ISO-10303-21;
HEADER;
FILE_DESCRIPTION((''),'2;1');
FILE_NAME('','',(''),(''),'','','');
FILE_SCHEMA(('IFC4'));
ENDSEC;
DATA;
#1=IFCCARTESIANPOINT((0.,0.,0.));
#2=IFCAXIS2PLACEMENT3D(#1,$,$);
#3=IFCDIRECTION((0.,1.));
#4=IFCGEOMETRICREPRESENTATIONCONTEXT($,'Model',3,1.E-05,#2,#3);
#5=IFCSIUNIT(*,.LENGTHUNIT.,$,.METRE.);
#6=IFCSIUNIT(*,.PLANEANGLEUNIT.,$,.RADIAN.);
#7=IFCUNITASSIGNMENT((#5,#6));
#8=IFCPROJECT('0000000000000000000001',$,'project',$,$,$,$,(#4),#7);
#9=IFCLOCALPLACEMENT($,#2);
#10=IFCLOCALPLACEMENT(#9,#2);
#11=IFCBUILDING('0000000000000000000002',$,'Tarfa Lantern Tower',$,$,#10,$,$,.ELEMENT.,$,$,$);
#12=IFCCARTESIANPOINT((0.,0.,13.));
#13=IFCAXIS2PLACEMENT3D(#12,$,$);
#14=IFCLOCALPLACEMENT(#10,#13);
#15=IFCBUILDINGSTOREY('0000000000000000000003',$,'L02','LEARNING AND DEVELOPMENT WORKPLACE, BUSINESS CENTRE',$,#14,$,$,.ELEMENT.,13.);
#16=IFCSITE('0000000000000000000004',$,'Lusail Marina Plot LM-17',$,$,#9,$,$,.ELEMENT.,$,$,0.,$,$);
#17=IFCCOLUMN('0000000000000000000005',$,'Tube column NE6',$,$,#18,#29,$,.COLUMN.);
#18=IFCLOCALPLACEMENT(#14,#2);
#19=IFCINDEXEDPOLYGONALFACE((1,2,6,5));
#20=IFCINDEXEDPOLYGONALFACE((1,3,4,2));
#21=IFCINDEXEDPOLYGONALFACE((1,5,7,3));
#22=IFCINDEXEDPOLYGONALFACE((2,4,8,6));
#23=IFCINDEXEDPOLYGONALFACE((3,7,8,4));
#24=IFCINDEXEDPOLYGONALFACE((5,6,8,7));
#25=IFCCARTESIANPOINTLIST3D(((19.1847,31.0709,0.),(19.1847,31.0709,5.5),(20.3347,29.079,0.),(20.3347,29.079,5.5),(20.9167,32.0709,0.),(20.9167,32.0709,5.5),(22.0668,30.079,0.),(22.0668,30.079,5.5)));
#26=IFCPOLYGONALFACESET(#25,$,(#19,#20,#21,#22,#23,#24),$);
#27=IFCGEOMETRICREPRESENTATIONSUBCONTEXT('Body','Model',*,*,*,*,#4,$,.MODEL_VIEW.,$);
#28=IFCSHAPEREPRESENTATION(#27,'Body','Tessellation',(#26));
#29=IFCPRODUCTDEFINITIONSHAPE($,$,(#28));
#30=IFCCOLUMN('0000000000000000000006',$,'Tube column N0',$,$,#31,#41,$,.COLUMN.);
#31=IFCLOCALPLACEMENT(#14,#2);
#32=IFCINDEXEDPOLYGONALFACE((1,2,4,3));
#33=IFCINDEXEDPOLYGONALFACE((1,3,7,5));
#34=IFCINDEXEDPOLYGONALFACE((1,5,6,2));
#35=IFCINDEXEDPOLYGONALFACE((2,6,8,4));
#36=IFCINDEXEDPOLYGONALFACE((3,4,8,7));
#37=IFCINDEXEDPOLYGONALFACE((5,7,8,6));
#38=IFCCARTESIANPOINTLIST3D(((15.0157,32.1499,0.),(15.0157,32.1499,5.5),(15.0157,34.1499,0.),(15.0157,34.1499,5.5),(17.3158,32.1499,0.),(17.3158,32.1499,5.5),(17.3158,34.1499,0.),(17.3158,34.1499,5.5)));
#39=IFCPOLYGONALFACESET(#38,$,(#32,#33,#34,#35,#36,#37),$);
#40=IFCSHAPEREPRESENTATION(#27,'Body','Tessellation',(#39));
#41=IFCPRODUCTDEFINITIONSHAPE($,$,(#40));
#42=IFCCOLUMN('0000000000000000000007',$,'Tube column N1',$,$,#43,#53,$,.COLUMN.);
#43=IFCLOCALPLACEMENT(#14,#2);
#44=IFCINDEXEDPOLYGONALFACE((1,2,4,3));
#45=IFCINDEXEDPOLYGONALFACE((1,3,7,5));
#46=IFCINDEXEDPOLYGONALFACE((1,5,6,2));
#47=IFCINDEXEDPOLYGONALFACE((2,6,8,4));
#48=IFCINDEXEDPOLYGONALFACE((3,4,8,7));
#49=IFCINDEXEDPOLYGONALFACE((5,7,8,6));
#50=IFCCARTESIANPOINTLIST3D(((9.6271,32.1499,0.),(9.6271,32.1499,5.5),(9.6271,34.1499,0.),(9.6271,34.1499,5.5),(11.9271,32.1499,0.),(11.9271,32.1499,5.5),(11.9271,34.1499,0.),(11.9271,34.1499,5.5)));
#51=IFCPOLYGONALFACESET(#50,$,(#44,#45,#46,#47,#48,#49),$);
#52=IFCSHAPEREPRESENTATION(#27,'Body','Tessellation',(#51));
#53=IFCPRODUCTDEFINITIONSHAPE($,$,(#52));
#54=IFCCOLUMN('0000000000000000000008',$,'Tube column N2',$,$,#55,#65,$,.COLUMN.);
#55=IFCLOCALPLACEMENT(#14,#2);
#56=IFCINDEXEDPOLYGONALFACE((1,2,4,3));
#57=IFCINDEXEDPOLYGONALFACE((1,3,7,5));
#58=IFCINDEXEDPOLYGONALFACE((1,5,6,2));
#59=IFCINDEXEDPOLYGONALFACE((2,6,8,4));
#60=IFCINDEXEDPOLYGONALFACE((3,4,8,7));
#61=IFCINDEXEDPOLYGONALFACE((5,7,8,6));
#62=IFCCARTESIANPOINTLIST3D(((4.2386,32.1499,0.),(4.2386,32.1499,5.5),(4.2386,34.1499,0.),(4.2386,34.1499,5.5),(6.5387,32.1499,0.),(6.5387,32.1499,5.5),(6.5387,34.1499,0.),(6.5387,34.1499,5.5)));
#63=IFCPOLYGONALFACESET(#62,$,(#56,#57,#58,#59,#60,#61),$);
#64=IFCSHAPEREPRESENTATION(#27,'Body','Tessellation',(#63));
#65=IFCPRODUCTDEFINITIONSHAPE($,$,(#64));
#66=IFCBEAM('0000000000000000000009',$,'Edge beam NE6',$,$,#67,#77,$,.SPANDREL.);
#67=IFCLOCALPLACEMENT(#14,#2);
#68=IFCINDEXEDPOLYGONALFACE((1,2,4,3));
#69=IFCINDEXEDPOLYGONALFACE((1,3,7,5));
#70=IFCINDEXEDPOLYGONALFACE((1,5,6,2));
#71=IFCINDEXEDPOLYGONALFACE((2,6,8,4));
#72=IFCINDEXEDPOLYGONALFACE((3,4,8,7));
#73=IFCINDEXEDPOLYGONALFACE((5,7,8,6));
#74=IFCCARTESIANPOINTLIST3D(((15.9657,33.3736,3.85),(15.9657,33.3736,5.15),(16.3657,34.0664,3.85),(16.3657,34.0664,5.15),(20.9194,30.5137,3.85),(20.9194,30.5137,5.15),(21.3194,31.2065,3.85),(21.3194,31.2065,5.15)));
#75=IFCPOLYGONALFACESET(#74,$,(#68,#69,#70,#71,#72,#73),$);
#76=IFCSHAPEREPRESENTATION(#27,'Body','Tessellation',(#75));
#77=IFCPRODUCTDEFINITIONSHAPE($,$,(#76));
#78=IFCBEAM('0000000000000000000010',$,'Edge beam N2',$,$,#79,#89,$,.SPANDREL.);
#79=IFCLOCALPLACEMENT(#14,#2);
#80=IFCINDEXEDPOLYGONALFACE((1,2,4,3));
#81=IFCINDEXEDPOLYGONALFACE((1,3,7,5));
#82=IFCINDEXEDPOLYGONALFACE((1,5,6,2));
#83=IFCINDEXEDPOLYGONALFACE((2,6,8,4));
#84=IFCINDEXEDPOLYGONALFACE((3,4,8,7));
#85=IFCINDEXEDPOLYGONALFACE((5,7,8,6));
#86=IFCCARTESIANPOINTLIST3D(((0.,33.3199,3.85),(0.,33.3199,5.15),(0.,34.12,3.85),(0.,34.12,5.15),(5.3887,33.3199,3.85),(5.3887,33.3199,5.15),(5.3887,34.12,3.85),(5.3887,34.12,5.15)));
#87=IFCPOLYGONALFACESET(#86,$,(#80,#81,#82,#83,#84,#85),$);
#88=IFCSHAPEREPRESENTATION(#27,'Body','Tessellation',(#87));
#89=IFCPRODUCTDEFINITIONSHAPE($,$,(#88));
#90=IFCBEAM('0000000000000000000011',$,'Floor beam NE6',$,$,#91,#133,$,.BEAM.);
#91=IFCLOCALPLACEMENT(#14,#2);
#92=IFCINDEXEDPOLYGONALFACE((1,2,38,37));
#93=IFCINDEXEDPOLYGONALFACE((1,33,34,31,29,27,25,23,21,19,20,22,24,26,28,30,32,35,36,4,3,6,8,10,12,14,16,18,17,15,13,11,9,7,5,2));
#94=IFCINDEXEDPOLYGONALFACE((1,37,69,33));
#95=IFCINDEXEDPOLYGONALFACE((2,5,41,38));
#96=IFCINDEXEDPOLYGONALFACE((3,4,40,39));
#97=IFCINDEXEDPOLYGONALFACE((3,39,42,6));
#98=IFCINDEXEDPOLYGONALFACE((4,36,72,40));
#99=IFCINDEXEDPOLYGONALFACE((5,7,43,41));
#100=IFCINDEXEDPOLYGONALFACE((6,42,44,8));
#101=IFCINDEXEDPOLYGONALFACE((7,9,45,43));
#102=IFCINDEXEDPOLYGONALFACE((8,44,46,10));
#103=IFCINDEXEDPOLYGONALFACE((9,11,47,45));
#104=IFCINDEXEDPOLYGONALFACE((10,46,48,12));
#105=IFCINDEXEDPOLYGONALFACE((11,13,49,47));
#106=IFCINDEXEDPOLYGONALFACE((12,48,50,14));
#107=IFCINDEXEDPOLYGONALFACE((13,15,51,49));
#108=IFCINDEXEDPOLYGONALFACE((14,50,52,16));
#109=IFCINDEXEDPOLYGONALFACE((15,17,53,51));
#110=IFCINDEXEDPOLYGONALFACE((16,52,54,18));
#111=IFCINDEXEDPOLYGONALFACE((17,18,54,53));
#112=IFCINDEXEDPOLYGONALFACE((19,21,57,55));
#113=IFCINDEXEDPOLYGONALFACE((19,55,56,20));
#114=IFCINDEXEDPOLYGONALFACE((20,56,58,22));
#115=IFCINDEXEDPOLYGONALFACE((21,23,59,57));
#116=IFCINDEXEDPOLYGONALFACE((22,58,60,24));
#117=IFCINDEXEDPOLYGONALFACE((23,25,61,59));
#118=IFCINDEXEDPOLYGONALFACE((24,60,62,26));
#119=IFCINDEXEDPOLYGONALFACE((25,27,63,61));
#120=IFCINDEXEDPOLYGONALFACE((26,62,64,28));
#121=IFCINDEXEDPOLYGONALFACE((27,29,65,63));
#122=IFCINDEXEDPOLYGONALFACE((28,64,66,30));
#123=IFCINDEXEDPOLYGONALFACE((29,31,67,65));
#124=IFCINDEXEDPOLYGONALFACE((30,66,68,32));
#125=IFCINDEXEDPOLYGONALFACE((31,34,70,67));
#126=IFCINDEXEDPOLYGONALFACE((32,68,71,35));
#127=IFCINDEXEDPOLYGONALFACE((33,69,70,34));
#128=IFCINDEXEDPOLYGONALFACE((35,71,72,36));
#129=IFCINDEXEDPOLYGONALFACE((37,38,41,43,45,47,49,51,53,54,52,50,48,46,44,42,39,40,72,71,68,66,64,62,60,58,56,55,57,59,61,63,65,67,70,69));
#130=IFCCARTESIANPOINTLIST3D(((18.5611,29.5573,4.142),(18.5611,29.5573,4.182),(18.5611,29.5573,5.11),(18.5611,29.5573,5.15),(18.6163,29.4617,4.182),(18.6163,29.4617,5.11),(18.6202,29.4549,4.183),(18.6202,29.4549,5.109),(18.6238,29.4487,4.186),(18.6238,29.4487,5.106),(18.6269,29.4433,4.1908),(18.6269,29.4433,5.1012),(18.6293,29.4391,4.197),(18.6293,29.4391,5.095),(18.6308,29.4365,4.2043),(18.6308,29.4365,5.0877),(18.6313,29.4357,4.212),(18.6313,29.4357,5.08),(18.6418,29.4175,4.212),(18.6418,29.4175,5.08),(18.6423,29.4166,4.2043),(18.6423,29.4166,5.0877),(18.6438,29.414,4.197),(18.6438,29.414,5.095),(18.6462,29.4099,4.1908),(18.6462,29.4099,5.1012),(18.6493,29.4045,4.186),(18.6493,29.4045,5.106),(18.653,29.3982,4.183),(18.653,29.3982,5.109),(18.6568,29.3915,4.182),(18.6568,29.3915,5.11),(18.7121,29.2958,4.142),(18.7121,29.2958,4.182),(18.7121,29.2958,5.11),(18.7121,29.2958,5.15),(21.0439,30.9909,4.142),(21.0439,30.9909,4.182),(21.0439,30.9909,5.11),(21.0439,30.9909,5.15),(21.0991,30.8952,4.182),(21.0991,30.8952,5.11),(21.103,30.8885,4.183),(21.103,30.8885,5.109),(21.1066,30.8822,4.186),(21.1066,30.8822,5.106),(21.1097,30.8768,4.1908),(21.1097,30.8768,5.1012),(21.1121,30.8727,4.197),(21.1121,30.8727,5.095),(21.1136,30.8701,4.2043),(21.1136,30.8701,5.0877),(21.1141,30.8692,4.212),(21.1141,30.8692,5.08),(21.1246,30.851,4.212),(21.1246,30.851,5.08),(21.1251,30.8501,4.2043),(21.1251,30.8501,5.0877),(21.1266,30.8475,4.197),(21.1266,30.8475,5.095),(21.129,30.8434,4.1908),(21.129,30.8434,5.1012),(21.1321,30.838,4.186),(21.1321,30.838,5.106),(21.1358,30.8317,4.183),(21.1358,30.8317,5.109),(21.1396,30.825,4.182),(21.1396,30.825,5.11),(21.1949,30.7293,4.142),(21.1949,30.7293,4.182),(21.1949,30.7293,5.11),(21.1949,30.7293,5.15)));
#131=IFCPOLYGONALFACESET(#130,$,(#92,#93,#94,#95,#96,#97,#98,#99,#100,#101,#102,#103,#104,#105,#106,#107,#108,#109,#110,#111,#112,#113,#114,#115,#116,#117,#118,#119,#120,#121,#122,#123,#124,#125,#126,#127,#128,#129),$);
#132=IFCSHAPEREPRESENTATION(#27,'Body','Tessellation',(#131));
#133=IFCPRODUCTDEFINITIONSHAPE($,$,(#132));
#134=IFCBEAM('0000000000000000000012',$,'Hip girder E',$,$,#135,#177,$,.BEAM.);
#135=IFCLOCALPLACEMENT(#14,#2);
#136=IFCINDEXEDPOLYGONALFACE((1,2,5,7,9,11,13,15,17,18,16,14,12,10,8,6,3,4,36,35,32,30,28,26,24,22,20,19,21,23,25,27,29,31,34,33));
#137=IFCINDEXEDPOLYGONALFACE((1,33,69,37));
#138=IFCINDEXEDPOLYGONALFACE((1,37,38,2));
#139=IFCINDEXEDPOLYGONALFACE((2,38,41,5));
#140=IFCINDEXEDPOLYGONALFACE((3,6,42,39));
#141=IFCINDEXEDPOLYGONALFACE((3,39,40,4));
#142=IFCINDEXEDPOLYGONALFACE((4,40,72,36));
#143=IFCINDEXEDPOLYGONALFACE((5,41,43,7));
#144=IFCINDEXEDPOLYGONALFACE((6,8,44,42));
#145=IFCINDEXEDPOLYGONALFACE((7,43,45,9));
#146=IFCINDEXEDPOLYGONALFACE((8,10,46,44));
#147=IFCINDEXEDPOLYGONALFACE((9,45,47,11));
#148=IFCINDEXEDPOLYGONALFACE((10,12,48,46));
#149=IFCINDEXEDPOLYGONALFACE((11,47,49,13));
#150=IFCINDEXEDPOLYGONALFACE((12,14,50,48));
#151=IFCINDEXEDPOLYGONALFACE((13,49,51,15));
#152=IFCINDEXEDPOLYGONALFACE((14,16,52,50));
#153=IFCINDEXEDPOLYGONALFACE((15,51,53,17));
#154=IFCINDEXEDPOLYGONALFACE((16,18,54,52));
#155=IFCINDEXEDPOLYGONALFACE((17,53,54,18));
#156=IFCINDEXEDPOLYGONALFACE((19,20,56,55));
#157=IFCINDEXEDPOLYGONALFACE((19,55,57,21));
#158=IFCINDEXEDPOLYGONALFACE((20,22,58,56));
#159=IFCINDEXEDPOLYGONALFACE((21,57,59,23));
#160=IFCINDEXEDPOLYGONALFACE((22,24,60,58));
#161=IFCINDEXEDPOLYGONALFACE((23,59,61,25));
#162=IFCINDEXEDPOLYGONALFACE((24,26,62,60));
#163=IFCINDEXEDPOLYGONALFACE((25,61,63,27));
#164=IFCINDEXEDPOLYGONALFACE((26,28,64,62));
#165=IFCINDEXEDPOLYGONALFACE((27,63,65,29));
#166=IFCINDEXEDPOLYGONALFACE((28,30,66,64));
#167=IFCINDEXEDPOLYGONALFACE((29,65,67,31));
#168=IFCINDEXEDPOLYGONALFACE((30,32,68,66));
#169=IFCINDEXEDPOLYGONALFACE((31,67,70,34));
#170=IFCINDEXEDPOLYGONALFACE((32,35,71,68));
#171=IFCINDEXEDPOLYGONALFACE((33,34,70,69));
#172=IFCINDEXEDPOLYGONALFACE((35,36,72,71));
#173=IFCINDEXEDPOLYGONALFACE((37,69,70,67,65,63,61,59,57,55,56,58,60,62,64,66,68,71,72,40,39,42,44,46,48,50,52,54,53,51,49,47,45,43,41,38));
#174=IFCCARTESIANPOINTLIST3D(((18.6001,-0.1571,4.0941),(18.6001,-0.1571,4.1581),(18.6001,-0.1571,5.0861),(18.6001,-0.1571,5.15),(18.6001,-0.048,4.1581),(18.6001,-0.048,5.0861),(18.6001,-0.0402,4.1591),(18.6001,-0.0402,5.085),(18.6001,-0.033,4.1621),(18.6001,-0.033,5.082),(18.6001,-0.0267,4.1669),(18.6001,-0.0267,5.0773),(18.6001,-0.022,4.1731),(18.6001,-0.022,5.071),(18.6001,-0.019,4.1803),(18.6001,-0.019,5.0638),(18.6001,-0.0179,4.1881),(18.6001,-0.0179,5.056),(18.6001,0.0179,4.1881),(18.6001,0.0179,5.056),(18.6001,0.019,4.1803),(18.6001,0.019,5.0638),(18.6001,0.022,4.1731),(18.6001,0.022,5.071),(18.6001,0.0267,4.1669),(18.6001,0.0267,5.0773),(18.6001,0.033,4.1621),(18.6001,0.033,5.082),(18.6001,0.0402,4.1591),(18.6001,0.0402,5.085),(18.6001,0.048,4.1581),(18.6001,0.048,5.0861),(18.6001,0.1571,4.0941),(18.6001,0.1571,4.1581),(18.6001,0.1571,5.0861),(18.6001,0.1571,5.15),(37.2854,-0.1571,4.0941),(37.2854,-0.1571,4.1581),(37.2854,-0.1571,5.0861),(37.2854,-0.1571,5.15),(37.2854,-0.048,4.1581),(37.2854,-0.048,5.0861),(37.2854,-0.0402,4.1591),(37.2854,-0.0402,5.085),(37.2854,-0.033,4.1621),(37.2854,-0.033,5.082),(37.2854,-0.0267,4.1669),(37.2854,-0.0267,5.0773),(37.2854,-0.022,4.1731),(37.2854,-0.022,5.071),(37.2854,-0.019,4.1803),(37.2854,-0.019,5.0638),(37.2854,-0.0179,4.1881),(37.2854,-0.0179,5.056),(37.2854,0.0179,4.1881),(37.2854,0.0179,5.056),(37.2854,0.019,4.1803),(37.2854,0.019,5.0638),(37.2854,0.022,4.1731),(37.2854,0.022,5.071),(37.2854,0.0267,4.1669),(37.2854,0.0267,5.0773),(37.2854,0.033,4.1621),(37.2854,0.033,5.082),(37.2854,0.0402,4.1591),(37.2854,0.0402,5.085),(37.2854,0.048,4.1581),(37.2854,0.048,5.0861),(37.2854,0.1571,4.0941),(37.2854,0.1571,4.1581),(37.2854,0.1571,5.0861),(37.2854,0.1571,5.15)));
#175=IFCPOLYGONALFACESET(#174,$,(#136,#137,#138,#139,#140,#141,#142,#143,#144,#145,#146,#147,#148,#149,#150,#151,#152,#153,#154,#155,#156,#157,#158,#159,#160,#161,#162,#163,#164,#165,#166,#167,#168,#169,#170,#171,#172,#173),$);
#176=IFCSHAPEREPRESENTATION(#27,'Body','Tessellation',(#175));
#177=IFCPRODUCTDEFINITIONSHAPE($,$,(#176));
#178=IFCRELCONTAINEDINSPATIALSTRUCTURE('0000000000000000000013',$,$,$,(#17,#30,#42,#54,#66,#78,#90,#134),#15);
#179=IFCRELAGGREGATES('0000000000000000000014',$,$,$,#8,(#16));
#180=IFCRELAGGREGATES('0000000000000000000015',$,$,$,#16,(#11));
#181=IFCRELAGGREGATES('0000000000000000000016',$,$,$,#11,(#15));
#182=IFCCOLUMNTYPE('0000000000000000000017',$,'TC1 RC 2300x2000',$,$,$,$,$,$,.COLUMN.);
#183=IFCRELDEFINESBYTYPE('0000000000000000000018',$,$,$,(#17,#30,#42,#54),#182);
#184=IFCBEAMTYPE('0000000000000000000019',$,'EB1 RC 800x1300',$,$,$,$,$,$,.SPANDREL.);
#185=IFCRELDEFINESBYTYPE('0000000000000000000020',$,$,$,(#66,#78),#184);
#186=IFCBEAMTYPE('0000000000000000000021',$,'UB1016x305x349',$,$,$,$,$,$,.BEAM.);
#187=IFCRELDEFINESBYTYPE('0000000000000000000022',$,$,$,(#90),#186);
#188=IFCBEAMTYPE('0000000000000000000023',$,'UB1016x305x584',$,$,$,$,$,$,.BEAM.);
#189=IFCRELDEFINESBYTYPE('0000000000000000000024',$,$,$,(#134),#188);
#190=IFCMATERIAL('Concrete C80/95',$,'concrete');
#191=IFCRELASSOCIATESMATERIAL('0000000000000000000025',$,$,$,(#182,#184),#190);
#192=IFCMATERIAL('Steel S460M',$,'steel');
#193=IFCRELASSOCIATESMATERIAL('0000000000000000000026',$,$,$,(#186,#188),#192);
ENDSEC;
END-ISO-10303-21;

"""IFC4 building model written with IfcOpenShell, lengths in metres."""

from ifc_helpers import new_model, si_unit, direction, frame, origin, origin_2d, place, context, subcontext, project, spatial, rectangle, i_section, extrude, material, material_profile, profile_set, type_object, element, save


model = new_model("IFC4")

# Units and contexts
model_context = context("Model", 3, precision=1e-05, world=origin(), true_north=direction((0.0, 1.0)))
body_context = subcontext(model_context, "Body", "Model", "MODEL_VIEW")
ifc_project = project(units=[si_unit("LENGTHUNIT", "METRE"), si_unit("PLANEANGLEUNIT", "RADIAN")], contexts=[model_context])

# Site, building, storey
site_placement = place(None, origin())
site = spatial("IfcSite", under=ifc_project, at=site_placement, Name="Lusail Marina Plot LM-17", CompositionType="ELEMENT", RefElevation=0.0)
building_placement = place(site_placement, origin())
building = spatial("IfcBuilding", under=site, at=building_placement, Name="Tarfa Lantern Tower", CompositionType="ELEMENT")
storey_placement = place(building_placement, frame((0.0, 0.0, 13.0)))
storey = spatial("IfcBuildingStorey", under=building, at=storey_placement, Name="L02", Description="LEARNING AND DEVELOPMENT WORKPLACE, BUSINESS CENTRE", CompositionType="ELEMENT", Elevation=13.0)

# Columns
ifc_material_1 = material(Name="Concrete C80/95", Category="concrete")
ifc_material_profile_1 = material_profile(ifc_material_1, rectangle(XDim=2.3, YDim=2.0, at=origin_2d()), Name="RC 2300x2000")
ifc_profile_set_1 = profile_set([ifc_material_profile_1], Name="Concrete C80/95")
column_type = type_object("IfcColumnType", Name="TC1 RC 2300x2000", PredefinedType="COLUMN", material=ifc_profile_set_1)
for number, where, z_axis, x_axis, name in (
    (1, (20.6257, 30.575, 0.0), (0.0, 0.0, 1.0), (-0.5, 0.866025, 0.0), "Tube column NE6"),
    (2, (16.1658, 33.1499, 0.0), (0.0, 0.0, 1.0), (-1.0, 0.0, 0.0), "Tube column N0"),
    (3, (10.7771, 33.1499, 0.0), (0.0, 0.0, 1.0), (-1.0, 0.0, 0.0), "Tube column N1"),
    (4, (5.3887, 33.1499, 0.0), (0.0, 0.0, 1.0), (-1.0, 0.0, 0.0), "Tube column N2"),
):
    element("IfcColumn", number, at=place(storey_placement, frame(where, z_axis=z_axis, x_axis=x_axis)), inside=storey, type_object=column_type, Name=name, PredefinedType="COLUMN", context=body_context, shape_type="SweptSolid", body=[
        extrude(rectangle(XDim=2.3, YDim=2.0, at=origin_2d()), origin(), (0.0, 0.0, 1.0), 5.5),
    ])

# Beams
ifc_material_profile_2 = material_profile(ifc_material_1, rectangle(XDim=0.8, YDim=1.3, at=origin_2d()), Name="RC 800x1300")
ifc_profile_set_2 = profile_set([ifc_material_profile_2], Name="Concrete C80/95")
beam_type_1 = type_object("IfcBeamType", Name="EB1 RC 800x1300", PredefinedType="SPANDREL", material=ifc_profile_set_2)
beam_1_placement = place(storey_placement, frame((21.1194, 30.8601, 4.5), z_axis=(-0.866033, 0.499986, 0.0), x_axis=(-0.499986, -0.866033, 0.0)))
element("IfcBeam", 5, at=beam_1_placement, inside=storey, type_object=beam_type_1, Name="Edge beam NE6", PredefinedType="SPANDREL", context=body_context, shape_type="SweptSolid", body=[
    extrude(rectangle(XDim=0.8, YDim=1.3, at=origin_2d()), origin(), (0.0, 0.0, 1.0), 5.72),
])
beam_2_placement = place(storey_placement, frame((5.3887, 33.72, 4.5), z_axis=(-1.0, 0.0, 0.0), x_axis=(0.0, -1.0, 0.0)))
element("IfcBeam", 6, at=beam_2_placement, inside=storey, type_object=beam_type_1, Name="Edge beam N2", PredefinedType="SPANDREL", context=body_context, shape_type="SweptSolid", body=[
    extrude(rectangle(XDim=0.8, YDim=1.3, at=origin_2d()), origin(), (0.0, 0.0, 1.0), 5.3887),
])
ifc_material_2 = material(Name="Steel S460M", Category="steel")
ifc_material_profile_3 = material_profile(ifc_material_2, i_section(OverallWidth=0.302, OverallDepth=1.0081, WebThickness=0.021, FlangeThickness=0.04, FilletRadius=0.03, at=origin_2d()), Name="UB1016x305x349")
ifc_profile_set_3 = profile_set([ifc_material_profile_3], Name="Steel S460M")
beam_type_2 = type_object("IfcBeamType", Name="UB1016x305x349", PredefinedType="BEAM", material=ifc_profile_set_3)
beam_3_placement = place(storey_placement, frame((21.1194, 30.8601, 4.646), z_axis=(-0.866013, -0.500022, 0.0), x_axis=(0.500022, -0.866013, 0.0)))
element("IfcBeam", 7, at=beam_3_placement, inside=storey, type_object=beam_type_2, Name="Floor beam NE6", PredefinedType="BEAM", context=body_context, shape_type="SweptSolid", body=[
    extrude(i_section(OverallWidth=0.302, OverallDepth=1.0081, WebThickness=0.021, FlangeThickness=0.04, FilletRadius=0.03, at=origin_2d()), origin(), (0.0, 0.0, 1.0), 2.8669),
])
ifc_material_profile_4 = material_profile(ifc_material_2, i_section(OverallWidth=0.3142, OverallDepth=1.0559, WebThickness=0.0359, FlangeThickness=0.064, FilletRadius=0.03, at=origin_2d()), Name="UB1016x305x584")
ifc_profile_set_4 = profile_set([ifc_material_profile_4], Name="Steel S460M")
beam_type_3 = type_object("IfcBeamType", Name="UB1016x305x584", PredefinedType="BEAM", material=ifc_profile_set_4)
beam_4_placement = place(storey_placement, frame((18.6001, 0.0, 4.6221), z_axis=(1.0, 0.0, 0.0), x_axis=(0.0, 1.0, 0.0)))
element("IfcBeam", 8, at=beam_4_placement, inside=storey, type_object=beam_type_3, Name="Hip girder E", PredefinedType="BEAM", context=body_context, shape_type="SweptSolid", body=[
    extrude(i_section(OverallWidth=0.3142, OverallDepth=1.0559, WebThickness=0.0359, FlangeThickness=0.064, FilletRadius=0.03, at=origin_2d()), origin(), (0.0, 0.0, 1.0), 18.6853),
])

save(model, "model.ifc")
